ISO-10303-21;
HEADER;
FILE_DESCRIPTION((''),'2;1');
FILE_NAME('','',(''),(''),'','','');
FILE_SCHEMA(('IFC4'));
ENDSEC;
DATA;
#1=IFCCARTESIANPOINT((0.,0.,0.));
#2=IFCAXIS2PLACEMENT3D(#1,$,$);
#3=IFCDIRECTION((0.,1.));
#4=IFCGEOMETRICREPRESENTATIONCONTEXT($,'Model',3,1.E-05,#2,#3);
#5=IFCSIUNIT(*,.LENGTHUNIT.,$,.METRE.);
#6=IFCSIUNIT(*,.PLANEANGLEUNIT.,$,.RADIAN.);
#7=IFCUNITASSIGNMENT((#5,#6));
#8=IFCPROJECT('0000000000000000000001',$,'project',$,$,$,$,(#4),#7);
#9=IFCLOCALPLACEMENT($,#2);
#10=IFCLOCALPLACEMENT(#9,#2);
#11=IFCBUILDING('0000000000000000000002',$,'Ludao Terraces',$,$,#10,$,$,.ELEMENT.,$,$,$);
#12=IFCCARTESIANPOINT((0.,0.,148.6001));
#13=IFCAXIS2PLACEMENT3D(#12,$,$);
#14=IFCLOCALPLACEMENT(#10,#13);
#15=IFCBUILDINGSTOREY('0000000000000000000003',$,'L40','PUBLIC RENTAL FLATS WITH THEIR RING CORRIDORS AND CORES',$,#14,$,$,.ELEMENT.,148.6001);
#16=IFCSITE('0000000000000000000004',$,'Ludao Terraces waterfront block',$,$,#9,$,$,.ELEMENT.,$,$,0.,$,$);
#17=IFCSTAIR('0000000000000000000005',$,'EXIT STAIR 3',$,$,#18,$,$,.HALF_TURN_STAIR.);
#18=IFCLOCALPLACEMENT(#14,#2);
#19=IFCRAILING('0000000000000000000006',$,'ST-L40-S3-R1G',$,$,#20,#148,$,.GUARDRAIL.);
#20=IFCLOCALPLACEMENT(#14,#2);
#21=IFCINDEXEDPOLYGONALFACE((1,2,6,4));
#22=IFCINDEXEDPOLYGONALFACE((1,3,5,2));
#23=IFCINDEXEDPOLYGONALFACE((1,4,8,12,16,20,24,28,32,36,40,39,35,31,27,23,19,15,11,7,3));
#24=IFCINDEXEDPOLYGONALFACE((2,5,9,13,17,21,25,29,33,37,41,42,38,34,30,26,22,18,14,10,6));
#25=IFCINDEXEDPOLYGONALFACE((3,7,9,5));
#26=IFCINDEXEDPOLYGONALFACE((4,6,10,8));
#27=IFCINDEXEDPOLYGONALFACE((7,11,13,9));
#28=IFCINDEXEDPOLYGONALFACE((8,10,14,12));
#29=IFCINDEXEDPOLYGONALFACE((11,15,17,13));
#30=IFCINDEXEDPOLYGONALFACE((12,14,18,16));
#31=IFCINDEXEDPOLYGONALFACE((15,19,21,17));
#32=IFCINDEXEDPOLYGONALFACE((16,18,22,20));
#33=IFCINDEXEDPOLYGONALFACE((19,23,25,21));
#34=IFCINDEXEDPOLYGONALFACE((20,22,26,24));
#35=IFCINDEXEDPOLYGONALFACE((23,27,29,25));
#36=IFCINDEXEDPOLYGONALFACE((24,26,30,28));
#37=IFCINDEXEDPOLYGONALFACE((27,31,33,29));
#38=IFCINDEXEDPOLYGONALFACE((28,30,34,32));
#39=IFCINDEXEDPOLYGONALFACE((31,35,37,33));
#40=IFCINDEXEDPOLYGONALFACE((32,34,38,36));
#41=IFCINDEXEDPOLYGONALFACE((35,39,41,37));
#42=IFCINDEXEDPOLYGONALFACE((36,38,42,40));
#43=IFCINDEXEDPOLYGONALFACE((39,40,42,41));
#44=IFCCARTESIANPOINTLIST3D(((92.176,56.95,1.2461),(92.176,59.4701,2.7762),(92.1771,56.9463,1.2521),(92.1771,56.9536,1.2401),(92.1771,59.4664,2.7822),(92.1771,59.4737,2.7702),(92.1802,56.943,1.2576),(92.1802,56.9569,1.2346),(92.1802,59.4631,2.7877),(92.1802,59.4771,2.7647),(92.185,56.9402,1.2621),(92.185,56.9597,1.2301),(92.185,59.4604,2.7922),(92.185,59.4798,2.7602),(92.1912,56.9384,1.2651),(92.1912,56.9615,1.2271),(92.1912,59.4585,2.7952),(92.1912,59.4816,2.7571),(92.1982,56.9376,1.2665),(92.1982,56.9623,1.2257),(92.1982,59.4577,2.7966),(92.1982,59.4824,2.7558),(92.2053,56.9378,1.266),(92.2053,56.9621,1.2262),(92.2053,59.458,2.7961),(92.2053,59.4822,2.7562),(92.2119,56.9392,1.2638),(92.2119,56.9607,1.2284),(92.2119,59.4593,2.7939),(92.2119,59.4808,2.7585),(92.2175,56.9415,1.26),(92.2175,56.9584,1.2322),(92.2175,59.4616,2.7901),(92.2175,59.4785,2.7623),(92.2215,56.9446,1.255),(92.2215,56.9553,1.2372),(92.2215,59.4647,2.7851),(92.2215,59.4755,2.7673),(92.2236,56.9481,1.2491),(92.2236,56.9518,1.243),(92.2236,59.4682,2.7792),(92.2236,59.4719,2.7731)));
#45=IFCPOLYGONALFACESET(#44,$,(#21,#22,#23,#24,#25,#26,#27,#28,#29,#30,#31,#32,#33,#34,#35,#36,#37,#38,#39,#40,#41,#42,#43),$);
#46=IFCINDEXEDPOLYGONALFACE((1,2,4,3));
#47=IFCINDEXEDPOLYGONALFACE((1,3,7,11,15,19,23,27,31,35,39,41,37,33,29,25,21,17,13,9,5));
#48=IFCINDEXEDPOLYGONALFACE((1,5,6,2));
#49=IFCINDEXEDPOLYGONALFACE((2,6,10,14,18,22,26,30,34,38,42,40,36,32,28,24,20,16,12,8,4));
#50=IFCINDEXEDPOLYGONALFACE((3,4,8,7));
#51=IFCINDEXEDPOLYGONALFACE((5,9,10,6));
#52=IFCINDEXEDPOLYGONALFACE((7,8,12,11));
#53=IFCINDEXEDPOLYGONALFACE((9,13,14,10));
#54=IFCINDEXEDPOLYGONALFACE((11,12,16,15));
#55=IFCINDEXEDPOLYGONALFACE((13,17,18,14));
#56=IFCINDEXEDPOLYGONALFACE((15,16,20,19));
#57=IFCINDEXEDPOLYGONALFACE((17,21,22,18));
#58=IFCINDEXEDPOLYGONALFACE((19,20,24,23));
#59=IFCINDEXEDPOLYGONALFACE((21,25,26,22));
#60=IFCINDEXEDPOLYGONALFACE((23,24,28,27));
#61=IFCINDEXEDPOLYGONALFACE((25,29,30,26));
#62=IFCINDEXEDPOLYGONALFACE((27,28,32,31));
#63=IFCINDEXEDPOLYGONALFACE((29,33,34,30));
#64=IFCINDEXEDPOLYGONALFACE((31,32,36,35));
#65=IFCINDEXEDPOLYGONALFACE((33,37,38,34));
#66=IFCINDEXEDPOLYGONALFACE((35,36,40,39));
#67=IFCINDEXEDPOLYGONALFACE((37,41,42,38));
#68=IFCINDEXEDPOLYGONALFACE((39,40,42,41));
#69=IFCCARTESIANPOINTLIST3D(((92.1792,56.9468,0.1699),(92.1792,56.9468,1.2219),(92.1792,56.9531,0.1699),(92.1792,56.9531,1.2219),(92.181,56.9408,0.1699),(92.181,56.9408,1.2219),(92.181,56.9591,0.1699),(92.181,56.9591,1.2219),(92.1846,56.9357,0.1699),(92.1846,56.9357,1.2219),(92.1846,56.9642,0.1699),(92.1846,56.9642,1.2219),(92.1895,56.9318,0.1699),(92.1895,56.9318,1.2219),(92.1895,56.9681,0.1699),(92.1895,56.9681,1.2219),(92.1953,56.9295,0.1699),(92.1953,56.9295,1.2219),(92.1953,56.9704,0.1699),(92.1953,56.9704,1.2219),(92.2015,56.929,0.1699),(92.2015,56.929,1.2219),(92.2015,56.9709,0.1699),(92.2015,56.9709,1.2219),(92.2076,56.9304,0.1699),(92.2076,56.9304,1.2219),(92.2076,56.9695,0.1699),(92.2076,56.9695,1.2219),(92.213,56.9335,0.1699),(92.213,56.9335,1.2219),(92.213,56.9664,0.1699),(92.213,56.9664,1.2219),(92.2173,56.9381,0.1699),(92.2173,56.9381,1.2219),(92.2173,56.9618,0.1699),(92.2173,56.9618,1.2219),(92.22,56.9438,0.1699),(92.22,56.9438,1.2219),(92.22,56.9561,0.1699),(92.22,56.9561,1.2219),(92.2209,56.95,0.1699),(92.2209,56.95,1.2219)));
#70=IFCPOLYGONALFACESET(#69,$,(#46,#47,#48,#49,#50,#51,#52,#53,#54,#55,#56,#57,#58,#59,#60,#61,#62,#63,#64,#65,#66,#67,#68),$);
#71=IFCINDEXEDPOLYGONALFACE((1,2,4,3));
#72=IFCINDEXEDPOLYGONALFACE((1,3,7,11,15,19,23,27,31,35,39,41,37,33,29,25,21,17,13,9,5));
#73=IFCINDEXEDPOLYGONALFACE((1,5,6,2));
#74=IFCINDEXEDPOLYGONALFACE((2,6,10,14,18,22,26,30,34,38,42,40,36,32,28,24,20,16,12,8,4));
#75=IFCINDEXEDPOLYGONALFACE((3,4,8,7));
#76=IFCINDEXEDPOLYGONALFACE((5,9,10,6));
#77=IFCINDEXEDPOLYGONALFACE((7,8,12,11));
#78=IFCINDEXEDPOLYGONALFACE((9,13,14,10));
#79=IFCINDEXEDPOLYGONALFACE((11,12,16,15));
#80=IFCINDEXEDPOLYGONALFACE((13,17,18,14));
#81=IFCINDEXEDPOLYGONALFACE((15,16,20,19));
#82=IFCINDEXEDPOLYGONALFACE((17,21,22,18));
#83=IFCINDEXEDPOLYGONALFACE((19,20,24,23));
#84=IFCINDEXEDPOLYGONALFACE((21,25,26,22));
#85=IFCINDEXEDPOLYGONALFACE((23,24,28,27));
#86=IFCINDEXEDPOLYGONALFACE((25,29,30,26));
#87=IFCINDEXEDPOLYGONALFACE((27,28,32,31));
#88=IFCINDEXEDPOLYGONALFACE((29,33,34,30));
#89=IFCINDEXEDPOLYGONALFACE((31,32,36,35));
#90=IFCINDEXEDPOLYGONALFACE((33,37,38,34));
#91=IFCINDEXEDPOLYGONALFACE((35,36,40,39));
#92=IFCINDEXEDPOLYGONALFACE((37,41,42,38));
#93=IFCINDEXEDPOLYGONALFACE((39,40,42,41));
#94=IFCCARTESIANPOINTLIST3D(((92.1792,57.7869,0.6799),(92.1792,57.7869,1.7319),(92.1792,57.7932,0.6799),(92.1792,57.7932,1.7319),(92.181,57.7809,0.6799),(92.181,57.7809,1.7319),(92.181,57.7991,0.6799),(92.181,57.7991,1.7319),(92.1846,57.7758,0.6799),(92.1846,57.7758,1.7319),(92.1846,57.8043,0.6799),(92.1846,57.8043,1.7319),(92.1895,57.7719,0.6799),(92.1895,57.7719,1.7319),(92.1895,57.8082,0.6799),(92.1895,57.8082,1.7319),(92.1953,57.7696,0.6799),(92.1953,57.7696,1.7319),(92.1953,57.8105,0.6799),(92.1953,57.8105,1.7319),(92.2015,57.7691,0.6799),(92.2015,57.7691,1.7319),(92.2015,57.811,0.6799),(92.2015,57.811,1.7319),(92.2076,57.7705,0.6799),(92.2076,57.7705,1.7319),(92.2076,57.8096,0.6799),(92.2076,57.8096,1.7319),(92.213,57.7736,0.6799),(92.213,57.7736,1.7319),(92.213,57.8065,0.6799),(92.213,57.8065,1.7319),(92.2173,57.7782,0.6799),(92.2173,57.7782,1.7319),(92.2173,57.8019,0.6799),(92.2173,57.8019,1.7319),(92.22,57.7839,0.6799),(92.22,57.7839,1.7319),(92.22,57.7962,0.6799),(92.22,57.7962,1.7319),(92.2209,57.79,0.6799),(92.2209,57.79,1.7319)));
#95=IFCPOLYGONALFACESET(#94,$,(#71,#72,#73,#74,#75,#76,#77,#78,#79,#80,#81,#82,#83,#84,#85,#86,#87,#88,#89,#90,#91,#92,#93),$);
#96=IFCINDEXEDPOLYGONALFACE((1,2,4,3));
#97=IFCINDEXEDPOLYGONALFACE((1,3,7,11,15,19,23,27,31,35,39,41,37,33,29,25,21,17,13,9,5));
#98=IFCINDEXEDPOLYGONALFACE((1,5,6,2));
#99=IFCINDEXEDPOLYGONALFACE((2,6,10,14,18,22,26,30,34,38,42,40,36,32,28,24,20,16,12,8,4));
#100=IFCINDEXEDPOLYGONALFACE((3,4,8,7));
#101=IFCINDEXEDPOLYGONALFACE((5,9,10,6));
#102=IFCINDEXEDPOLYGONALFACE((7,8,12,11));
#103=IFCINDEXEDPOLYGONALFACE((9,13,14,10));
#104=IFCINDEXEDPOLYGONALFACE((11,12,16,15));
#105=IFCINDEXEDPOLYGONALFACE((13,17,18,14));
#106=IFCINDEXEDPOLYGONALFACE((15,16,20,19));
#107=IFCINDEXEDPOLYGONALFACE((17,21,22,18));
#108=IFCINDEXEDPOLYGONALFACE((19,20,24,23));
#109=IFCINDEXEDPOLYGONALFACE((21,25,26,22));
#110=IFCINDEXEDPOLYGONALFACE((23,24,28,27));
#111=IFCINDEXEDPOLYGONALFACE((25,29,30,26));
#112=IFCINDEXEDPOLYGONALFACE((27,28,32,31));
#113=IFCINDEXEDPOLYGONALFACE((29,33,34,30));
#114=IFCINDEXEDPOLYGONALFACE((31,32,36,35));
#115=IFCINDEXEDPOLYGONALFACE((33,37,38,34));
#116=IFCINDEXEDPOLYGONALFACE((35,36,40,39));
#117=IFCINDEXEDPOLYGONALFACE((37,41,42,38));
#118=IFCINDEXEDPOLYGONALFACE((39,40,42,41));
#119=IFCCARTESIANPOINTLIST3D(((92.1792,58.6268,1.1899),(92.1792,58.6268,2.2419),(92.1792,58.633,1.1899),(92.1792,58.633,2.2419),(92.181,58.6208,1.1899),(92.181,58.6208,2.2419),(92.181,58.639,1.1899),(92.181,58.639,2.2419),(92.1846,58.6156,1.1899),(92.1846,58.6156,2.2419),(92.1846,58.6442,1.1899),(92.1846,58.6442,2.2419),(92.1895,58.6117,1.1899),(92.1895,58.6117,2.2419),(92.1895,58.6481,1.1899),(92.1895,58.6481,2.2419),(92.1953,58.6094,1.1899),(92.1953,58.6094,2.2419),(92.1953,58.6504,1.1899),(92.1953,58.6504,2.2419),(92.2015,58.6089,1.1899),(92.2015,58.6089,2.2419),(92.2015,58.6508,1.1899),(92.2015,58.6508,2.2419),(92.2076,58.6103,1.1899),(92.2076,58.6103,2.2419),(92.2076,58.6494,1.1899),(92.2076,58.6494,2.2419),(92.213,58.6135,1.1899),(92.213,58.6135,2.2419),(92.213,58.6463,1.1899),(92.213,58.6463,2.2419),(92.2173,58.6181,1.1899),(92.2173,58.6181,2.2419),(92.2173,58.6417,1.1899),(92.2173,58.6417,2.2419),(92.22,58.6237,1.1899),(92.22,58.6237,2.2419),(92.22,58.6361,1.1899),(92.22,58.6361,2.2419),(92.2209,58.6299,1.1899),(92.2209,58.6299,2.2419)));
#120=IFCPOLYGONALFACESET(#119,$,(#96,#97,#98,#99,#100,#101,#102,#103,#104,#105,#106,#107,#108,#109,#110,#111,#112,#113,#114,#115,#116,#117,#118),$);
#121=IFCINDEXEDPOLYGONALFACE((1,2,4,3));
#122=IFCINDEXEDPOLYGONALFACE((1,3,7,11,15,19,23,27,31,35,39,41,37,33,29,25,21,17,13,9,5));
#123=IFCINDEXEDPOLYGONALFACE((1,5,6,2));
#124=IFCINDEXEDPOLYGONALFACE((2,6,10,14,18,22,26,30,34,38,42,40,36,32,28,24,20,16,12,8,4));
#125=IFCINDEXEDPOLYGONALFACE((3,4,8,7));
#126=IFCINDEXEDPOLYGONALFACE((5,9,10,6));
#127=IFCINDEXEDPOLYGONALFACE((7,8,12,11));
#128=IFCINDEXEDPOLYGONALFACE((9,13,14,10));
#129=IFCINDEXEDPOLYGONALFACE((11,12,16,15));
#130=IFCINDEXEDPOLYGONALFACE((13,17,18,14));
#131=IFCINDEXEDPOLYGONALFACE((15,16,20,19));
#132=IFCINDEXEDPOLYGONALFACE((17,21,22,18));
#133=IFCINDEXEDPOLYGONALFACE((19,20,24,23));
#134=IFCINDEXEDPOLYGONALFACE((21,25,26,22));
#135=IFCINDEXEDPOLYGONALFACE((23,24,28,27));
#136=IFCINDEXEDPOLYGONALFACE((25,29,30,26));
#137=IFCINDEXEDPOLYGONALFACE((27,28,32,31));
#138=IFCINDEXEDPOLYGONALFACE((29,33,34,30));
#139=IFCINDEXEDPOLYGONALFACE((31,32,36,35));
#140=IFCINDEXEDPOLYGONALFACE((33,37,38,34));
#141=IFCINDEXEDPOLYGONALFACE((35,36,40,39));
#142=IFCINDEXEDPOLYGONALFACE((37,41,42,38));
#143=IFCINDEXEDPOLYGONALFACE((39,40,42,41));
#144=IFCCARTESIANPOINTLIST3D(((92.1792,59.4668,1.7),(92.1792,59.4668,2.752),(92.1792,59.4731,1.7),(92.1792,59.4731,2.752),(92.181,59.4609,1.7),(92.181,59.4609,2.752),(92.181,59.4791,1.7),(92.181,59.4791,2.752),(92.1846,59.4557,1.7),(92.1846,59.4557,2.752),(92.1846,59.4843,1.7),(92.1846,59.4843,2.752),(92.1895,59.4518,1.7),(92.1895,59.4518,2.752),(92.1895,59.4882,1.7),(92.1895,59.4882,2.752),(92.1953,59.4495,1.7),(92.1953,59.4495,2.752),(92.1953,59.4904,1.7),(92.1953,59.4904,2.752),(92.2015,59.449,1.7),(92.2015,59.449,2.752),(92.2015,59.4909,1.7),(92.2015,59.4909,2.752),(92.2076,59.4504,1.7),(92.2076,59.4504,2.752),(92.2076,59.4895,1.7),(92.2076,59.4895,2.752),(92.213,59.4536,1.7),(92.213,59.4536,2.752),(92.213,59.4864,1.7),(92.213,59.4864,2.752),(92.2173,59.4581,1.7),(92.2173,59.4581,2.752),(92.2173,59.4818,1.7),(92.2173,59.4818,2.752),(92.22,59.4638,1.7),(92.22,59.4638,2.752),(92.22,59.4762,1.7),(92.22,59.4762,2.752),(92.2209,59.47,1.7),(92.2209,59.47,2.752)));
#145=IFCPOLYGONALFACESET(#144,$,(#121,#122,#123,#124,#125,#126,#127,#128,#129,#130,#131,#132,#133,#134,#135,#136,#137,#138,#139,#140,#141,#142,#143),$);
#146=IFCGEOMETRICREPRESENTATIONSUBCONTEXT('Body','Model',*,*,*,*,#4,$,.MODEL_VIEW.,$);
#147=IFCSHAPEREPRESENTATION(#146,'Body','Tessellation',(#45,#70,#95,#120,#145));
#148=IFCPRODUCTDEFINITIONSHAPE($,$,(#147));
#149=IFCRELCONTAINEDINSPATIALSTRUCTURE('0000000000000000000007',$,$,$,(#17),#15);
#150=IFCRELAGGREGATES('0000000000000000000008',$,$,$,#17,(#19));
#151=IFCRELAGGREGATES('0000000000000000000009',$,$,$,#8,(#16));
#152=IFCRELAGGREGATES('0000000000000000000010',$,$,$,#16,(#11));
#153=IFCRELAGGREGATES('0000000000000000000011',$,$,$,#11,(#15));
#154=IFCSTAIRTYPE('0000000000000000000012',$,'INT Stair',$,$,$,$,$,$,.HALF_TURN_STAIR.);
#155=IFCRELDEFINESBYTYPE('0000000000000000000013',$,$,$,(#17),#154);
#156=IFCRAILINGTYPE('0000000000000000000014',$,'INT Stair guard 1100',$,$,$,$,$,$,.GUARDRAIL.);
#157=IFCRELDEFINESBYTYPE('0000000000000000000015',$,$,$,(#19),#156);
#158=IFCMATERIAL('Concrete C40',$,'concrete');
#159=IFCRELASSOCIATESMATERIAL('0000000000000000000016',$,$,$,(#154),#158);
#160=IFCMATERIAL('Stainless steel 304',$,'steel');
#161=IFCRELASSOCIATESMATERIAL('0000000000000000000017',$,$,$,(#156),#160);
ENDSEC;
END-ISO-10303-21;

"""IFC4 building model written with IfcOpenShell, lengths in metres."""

from ifc_helpers import new_model, si_unit, direction, frame, origin, origin_2d, place, context, subcontext, project, spatial, circle, extrude, material, type_object, element, aggregate, save


model = new_model("IFC4")

# Units and contexts
model_context = context("Model", 3, precision=1e-05, world=origin(), true_north=direction((0.0, 1.0)))
body_context = subcontext(model_context, "Body", "Model", "MODEL_VIEW")
ifc_project = project(units=[si_unit("LENGTHUNIT", "METRE"), si_unit("PLANEANGLEUNIT", "RADIAN")], contexts=[model_context])

# Site, building, storey
site_placement = place(None, origin())
site = spatial("IfcSite", under=ifc_project, at=site_placement, Name="Ludao Terraces waterfront block", CompositionType="ELEMENT", RefElevation=0.0)
building_placement = place(site_placement, origin())
building = spatial("IfcBuilding", under=site, at=building_placement, Name="Ludao Terraces", CompositionType="ELEMENT")
storey_placement = place(building_placement, frame((0.0, 0.0, 148.6001)))
storey = spatial("IfcBuildingStorey", under=building, at=storey_placement, Name="L40", Description="PUBLIC RENTAL FLATS WITH THEIR RING CORRIDORS AND CORES", CompositionType="ELEMENT", Elevation=148.6001)

# Shared definitions
ifc_material_1 = material(Name="Concrete C40", Category="concrete")

# Stair, railing
stair_type = type_object("IfcStairType", Name="INT Stair", PredefinedType="HALF_TURN_STAIR", material=ifc_material_1)
stair_placement = place(storey_placement, origin())
stair = element("IfcStair", 1, at=stair_placement, inside=storey, type_object=stair_type, Name="EXIT STAIR 3", PredefinedType="HALF_TURN_STAIR")
ifc_material_2 = material(Name="Stainless steel 304", Category="steel")
railing_type_1 = type_object("IfcRailingType", Name="INT Stair guard 1100", PredefinedType="GUARDRAIL", material=ifc_material_2)
railing_1_placement = place(storey_placement, frame((92.2, 56.95, 0.1699)))
railing_1 = element("IfcRailing", 2, at=railing_1_placement, type_object=railing_type_1, Name="ST-L40-S3-R1G", PredefinedType="GUARDRAIL", context=body_context, shape_type="SweptSolid", body=[
    extrude(circle(Radius=0.0239, at=origin_2d()), frame((0.0, 0.0, 1.0762), z_axis=(0.0, 0.854785, 0.518982), x_axis=(-1.0, 0.0, 0.0)), (0.0, 0.0, 1.0), 2.9482),
    extrude(circle(Radius=0.021, at=origin_2d()), origin(), (0.0, 0.0, 1.0), 1.052),
    extrude(circle(Radius=0.021, at=origin_2d()), frame((0.0, 0.8401, 0.51)), (0.0, 0.0, 1.0), 1.052),
    extrude(circle(Radius=0.021, at=origin_2d()), frame((0.0, 1.6799, 1.02)), (0.0, 0.0, 1.0), 1.052),
    extrude(circle(Radius=0.021, at=origin_2d()), frame((0.0, 2.52, 1.53)), (0.0, 0.0, 1.0), 1.052),
])
aggregate(stair, [railing_1])

save(model, "model.ifc")
